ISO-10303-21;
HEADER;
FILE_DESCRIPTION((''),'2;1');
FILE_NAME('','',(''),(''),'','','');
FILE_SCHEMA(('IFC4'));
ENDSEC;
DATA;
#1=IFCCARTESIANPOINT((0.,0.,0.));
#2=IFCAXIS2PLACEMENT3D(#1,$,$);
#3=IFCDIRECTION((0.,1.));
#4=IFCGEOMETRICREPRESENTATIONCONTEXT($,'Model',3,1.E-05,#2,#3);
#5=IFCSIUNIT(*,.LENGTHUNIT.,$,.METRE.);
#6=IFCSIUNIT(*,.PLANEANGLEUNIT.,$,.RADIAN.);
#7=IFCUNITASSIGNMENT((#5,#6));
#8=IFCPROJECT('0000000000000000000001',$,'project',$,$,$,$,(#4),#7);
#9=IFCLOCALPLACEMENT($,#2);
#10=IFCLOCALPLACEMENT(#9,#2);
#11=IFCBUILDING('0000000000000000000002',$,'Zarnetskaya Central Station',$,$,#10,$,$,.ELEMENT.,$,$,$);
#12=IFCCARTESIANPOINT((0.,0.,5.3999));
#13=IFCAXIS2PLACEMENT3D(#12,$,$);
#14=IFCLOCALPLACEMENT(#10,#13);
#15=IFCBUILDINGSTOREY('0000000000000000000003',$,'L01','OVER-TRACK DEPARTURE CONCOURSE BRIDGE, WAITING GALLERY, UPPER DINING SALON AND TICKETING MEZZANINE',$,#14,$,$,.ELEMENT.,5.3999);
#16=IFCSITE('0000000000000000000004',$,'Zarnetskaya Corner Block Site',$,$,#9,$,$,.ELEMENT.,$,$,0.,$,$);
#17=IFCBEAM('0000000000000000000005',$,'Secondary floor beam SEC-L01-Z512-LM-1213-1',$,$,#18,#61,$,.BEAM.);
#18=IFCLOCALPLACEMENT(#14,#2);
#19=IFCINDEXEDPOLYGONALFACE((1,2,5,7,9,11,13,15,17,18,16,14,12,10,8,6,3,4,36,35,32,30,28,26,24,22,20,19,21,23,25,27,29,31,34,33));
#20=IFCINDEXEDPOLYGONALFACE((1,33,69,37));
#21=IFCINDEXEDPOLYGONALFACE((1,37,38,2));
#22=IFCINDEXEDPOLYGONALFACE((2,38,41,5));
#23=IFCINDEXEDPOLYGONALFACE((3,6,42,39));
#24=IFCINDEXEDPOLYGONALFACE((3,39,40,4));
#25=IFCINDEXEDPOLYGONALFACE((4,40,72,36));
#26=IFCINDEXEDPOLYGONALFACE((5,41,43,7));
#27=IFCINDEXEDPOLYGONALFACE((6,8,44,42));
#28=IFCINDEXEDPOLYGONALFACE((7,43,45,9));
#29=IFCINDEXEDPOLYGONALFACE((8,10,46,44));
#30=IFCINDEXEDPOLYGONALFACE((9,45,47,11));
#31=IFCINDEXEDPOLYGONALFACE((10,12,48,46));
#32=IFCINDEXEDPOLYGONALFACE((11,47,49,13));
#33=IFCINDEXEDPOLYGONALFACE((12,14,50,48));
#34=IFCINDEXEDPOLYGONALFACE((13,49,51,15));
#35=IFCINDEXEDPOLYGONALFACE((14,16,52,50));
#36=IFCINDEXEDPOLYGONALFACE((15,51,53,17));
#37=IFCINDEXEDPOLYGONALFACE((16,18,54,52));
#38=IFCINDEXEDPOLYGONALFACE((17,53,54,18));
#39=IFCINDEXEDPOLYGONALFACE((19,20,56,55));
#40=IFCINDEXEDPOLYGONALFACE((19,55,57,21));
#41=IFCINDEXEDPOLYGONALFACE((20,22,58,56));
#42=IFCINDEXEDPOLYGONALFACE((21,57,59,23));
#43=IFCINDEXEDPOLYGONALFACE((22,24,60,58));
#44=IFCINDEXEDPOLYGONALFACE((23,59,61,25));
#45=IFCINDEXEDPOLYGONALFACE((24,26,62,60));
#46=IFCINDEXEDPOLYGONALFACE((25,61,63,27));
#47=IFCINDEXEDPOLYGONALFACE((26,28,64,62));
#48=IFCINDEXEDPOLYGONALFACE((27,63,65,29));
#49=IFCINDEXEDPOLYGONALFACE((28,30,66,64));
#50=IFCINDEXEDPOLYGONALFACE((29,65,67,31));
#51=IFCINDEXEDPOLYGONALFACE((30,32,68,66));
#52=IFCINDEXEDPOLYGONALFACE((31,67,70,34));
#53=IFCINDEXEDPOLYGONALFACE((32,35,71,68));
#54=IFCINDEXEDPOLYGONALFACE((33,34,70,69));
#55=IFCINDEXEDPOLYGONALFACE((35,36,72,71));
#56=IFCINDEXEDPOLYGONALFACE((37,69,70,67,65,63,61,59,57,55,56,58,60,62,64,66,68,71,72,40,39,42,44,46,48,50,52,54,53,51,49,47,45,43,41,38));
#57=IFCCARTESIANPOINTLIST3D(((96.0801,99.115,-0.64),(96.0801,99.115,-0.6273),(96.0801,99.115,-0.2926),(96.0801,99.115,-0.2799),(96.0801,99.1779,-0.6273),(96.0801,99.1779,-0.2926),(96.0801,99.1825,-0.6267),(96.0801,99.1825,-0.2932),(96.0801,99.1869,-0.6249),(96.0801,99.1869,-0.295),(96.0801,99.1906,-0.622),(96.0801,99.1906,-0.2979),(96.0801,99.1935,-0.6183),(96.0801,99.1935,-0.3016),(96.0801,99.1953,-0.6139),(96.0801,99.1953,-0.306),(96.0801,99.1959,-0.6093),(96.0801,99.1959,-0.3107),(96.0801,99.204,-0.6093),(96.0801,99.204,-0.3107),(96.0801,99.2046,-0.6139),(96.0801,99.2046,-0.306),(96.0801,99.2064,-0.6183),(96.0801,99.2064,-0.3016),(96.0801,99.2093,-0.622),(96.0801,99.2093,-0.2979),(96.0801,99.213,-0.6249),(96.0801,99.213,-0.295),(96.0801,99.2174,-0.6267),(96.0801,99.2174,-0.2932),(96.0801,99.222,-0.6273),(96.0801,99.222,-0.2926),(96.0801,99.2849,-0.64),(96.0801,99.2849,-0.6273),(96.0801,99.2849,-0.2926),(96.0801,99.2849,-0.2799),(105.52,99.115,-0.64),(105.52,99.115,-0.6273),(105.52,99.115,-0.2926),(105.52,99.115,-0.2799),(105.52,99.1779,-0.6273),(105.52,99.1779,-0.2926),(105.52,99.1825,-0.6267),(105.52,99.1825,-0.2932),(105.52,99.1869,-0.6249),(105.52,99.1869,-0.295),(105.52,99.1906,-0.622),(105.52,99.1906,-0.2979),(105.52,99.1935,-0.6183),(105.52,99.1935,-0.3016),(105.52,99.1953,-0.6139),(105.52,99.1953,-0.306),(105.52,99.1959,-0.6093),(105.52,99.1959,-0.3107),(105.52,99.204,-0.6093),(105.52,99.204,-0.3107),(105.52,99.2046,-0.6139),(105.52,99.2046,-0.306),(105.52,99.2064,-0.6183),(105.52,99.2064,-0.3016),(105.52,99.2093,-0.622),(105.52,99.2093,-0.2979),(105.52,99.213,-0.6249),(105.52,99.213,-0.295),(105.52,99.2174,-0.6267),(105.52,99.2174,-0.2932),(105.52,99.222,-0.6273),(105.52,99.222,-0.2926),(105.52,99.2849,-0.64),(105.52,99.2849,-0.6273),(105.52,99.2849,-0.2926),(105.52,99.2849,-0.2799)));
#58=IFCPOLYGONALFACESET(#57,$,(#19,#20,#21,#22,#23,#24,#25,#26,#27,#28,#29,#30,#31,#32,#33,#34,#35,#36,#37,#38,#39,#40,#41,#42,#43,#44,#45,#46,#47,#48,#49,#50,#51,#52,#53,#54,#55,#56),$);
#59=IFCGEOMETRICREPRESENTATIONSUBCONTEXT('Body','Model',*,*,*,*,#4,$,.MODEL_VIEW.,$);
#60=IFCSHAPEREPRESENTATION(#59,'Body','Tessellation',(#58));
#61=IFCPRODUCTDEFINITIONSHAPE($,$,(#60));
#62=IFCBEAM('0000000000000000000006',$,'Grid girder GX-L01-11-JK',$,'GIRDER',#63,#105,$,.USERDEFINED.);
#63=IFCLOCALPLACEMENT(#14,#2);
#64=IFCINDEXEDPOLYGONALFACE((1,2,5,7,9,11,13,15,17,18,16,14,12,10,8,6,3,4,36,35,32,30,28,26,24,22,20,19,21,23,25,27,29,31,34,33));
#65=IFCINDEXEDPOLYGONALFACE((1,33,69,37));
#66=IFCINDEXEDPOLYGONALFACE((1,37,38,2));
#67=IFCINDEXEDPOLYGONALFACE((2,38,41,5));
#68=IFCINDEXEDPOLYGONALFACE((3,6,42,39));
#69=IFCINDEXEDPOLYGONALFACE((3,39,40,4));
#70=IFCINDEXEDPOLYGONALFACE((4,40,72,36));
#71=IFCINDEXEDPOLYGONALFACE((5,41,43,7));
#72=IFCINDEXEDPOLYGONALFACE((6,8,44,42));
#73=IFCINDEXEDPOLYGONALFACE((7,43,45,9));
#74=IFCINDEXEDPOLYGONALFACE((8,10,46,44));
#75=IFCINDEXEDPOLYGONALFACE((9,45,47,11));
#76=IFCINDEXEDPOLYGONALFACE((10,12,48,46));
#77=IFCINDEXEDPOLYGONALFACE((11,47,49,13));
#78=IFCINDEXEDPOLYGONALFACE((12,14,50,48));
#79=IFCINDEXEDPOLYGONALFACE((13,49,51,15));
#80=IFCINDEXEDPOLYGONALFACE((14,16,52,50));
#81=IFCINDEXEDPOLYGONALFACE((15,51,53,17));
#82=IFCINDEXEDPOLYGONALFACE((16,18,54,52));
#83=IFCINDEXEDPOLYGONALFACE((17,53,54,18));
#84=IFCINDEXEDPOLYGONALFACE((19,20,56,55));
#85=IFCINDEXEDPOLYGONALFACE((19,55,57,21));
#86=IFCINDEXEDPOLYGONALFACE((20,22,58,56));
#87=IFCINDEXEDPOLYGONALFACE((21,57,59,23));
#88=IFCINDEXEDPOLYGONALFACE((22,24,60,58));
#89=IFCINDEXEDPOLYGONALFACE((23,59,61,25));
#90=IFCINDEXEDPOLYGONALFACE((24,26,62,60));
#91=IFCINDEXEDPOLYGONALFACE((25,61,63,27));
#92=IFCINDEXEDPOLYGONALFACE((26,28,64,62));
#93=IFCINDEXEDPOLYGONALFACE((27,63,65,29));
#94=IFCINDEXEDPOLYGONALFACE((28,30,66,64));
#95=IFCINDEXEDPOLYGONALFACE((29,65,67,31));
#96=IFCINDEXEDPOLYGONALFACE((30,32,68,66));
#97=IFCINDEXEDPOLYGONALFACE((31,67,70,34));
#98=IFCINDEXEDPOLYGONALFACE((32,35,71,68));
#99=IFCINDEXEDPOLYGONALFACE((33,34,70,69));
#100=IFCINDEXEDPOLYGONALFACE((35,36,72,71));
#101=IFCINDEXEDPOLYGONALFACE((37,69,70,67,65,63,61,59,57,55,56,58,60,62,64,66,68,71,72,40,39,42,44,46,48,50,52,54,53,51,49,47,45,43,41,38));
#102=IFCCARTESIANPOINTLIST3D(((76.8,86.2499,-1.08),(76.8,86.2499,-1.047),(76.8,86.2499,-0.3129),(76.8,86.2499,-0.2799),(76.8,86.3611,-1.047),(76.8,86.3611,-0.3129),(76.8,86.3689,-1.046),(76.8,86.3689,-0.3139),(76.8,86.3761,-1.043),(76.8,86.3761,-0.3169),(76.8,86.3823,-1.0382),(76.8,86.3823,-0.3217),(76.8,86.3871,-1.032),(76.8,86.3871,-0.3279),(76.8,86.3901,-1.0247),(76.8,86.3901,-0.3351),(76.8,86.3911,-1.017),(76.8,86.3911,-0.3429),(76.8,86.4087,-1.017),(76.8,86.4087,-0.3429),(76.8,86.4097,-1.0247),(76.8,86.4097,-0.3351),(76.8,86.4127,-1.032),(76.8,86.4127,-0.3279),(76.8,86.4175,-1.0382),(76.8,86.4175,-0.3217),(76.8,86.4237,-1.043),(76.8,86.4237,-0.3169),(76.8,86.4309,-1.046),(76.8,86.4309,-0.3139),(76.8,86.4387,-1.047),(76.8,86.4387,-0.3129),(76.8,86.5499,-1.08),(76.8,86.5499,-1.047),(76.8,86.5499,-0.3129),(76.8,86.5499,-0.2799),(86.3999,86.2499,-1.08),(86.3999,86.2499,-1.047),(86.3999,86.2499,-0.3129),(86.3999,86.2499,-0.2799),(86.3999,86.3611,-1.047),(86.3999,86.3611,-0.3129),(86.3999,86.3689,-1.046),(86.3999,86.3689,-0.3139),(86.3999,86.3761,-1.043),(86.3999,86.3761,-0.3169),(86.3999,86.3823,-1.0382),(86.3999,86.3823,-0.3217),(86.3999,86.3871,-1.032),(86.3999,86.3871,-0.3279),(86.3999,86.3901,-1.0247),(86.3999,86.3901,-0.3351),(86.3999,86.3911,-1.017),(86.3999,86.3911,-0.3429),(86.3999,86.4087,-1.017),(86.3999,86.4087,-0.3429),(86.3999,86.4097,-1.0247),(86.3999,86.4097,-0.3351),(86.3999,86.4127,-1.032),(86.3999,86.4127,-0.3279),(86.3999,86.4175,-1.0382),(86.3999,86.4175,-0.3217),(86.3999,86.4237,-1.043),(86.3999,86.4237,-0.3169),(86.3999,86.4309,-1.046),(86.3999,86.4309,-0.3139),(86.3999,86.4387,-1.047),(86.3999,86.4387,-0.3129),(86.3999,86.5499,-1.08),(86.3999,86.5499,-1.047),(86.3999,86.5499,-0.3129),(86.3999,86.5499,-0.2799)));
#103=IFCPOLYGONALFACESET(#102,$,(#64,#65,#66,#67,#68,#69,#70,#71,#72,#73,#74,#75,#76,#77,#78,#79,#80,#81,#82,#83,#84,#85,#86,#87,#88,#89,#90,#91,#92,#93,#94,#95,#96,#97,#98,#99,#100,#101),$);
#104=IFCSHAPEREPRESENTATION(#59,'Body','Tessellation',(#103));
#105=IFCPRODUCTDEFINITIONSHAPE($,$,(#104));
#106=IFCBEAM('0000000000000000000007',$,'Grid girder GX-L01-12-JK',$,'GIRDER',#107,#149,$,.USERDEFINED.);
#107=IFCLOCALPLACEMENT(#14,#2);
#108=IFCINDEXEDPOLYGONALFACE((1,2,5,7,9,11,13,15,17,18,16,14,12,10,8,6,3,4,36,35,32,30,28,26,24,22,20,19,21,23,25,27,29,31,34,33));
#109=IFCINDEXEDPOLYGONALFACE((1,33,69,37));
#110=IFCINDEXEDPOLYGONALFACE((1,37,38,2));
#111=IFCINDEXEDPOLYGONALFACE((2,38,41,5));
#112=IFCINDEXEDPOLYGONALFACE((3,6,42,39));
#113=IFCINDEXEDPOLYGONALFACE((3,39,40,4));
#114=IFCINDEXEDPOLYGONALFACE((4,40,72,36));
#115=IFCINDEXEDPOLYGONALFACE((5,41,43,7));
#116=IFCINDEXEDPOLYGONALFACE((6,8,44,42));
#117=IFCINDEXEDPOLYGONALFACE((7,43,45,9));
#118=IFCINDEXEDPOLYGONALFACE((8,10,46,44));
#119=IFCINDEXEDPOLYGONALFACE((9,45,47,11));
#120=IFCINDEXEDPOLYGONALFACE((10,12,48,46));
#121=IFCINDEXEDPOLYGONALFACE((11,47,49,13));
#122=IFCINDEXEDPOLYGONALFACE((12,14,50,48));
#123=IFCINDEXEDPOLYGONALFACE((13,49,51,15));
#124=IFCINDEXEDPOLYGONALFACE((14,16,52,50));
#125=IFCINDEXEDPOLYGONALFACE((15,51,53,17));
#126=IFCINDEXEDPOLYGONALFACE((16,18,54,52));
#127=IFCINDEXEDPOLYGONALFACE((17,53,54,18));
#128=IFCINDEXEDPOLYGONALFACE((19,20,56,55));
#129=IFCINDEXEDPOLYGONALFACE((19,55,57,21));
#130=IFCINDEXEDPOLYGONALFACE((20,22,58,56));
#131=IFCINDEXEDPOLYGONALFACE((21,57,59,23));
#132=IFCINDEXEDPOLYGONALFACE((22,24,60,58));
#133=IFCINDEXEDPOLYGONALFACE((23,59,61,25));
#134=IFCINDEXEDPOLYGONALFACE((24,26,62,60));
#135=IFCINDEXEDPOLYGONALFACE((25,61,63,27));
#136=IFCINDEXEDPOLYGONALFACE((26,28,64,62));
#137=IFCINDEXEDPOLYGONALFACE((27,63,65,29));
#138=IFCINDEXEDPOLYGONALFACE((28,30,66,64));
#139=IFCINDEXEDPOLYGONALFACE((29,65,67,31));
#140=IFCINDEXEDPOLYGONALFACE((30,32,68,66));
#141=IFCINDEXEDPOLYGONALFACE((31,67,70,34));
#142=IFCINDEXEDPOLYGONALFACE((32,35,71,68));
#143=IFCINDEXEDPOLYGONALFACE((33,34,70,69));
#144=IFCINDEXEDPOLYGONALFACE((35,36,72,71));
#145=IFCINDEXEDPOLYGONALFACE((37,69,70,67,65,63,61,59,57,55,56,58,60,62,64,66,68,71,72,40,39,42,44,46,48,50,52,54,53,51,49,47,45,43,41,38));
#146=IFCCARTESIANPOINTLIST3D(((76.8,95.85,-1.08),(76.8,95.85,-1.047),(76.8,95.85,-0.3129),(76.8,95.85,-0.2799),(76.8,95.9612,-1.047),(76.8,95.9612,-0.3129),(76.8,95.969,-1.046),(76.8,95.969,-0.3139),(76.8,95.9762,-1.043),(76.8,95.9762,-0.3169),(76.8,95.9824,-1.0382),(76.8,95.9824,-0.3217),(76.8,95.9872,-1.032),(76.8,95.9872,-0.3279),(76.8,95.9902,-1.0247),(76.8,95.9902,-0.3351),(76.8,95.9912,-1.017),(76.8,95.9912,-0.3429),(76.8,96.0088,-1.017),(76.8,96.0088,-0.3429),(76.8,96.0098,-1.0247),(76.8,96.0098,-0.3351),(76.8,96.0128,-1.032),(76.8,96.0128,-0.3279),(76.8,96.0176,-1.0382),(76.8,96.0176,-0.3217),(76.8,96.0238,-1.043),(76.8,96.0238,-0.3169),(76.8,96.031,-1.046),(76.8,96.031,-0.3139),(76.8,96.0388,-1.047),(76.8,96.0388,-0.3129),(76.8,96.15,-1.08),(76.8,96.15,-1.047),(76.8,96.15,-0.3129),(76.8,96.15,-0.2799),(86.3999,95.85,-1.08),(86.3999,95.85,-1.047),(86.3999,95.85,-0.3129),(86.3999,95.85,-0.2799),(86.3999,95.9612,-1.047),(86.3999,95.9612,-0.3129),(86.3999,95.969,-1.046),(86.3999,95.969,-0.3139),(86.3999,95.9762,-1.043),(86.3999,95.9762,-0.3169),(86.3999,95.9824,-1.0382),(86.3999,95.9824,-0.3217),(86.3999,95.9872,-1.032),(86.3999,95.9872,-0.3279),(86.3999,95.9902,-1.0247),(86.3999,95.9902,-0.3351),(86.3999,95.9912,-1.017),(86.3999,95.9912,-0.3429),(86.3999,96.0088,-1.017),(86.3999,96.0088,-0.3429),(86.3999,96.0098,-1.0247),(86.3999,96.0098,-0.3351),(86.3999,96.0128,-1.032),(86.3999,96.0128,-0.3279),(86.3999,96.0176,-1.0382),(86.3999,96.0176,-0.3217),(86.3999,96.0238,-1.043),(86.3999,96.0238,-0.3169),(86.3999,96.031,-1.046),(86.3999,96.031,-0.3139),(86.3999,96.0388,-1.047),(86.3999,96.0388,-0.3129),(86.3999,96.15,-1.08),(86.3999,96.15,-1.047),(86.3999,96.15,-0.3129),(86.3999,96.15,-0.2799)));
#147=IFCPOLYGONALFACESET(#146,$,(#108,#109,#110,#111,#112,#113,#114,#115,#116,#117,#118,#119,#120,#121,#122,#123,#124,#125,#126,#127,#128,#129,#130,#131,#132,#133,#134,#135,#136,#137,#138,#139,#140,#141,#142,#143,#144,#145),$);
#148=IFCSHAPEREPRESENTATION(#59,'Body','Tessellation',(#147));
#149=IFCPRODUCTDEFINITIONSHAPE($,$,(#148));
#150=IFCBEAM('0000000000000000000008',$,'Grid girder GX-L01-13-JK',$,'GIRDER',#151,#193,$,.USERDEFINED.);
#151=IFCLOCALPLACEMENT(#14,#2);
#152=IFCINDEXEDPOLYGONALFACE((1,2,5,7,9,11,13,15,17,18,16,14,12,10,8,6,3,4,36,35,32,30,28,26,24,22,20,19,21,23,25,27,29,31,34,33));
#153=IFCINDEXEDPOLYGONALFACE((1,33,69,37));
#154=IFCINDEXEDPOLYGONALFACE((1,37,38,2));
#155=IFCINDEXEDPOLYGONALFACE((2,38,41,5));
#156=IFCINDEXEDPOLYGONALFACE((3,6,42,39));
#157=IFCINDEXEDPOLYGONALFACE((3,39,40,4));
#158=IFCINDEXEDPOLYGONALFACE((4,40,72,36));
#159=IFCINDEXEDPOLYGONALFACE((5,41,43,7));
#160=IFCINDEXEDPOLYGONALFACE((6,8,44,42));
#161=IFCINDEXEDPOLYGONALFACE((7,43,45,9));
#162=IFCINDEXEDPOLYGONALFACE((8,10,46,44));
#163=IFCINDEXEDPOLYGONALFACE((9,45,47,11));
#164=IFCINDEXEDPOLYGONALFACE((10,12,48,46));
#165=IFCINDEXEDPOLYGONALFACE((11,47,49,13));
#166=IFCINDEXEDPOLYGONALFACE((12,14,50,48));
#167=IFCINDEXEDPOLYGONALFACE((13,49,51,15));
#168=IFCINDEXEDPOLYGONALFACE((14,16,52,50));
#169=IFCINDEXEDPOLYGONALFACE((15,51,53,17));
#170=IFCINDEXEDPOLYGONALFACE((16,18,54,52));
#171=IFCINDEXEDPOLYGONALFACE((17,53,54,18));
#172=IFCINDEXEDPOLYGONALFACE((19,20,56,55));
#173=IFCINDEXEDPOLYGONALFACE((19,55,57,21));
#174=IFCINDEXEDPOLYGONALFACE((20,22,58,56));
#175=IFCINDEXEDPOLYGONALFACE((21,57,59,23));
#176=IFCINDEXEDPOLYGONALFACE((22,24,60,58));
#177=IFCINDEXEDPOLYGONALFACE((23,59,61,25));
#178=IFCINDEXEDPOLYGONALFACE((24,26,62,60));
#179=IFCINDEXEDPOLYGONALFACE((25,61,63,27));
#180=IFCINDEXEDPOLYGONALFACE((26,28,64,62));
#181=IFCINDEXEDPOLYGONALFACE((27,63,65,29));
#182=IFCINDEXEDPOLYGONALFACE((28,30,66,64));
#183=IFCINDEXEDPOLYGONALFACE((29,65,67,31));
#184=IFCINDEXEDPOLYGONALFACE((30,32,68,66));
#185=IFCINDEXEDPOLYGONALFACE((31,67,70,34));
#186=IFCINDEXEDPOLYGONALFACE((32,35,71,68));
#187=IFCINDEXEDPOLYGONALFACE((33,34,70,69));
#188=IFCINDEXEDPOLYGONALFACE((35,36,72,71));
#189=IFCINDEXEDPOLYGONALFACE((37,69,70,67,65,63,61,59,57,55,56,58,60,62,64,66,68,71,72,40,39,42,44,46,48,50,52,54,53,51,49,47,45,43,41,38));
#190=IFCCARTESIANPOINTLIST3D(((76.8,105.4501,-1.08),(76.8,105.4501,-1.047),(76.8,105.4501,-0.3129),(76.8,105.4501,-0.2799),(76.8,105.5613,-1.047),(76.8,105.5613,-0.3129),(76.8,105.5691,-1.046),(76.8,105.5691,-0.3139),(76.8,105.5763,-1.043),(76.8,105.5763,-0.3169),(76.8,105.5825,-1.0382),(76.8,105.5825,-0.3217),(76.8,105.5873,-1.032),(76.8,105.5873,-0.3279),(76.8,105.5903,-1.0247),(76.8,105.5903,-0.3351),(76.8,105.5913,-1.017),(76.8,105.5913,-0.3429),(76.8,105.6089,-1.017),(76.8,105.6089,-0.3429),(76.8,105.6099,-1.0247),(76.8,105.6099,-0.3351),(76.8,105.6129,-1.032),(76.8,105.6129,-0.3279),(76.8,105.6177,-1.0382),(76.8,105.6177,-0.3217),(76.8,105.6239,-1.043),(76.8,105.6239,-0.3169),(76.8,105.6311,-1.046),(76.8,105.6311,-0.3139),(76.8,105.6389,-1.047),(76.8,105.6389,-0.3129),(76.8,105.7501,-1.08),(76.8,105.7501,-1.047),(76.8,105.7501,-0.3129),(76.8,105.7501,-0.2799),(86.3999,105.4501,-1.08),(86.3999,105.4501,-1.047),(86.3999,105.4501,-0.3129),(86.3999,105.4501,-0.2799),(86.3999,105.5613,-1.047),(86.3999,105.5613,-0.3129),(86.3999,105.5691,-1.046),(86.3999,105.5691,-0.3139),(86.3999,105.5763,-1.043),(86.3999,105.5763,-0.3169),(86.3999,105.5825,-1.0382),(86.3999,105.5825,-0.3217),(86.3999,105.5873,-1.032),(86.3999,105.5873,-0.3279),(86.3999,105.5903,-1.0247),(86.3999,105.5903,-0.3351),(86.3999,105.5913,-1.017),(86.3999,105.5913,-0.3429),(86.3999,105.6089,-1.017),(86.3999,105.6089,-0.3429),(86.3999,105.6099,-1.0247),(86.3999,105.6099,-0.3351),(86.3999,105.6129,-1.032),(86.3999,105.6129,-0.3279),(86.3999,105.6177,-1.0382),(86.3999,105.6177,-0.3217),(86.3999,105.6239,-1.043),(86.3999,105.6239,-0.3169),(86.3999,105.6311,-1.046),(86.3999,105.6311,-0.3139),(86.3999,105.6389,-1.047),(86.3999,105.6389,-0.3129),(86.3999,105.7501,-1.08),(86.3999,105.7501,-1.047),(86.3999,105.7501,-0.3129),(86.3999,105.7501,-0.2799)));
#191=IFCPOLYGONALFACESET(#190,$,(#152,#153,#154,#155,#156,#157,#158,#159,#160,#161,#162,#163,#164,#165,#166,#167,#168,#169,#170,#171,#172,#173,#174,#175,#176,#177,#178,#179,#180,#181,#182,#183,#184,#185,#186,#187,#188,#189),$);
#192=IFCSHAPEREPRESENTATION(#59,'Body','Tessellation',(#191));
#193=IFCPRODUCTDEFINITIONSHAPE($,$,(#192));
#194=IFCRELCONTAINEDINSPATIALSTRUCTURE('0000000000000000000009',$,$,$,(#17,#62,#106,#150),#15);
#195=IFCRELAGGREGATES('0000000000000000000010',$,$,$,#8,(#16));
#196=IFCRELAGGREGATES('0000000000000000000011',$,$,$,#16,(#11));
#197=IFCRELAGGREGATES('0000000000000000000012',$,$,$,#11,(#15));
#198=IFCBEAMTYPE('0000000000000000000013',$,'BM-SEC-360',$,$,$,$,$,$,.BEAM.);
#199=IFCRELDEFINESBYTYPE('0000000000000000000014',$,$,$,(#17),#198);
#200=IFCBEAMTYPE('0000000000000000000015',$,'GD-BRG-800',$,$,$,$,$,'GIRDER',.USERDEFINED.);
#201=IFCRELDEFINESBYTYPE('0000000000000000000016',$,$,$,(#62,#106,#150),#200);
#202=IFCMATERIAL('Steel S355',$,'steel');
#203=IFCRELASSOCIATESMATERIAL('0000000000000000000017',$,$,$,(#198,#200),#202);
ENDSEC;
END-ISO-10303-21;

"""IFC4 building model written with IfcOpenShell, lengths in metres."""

from ifc_helpers import new_model, si_unit, direction, frame, origin, origin_2d, place, context, subcontext, project, spatial, i_section, extrude, material, material_profile, profile_set, type_object, element, save


model = new_model("IFC4")

# Units and contexts
model_context = context("Model", 3, precision=1e-05, world=origin(), true_north=direction((0.0, 1.0)))
body_context = subcontext(model_context, "Body", "Model", "MODEL_VIEW")
ifc_project = project(units=[si_unit("LENGTHUNIT", "METRE"), si_unit("PLANEANGLEUNIT", "RADIAN")], contexts=[model_context])

# Site, building, storey
site_placement = place(None, origin())
site = spatial("IfcSite", under=ifc_project, at=site_placement, Name="Zarnetskaya Corner Block Site", CompositionType="ELEMENT", RefElevation=0.0)
building_placement = place(site_placement, origin())
building = spatial("IfcBuilding", under=site, at=building_placement, Name="Zarnetskaya Central Station", CompositionType="ELEMENT")
storey_placement = place(building_placement, frame((0.0, 0.0, 5.3999)))
storey = spatial("IfcBuildingStorey", under=building, at=storey_placement, Name="L01", Description="OVER-TRACK DEPARTURE CONCOURSE BRIDGE, WAITING GALLERY, UPPER DINING SALON AND TICKETING MEZZANINE", CompositionType="ELEMENT", Elevation=5.3999)

# Shared definitions
ifc_material_1 = material(Name="Steel S355", Category="steel")

# Beams
ifc_material_profile_1 = material_profile(ifc_material_1, i_section(OverallWidth=0.1699, OverallDepth=0.3601, WebThickness=0.0081, FlangeThickness=0.0127, FilletRadius=0.0181, at=origin_2d()), Name="IPE 360")
ifc_profile_set_1 = profile_set([ifc_material_profile_1], Name="Steel S355")
beam_type_1 = type_object("IfcBeamType", Name="BM-SEC-360", PredefinedType="BEAM", material=ifc_profile_set_1)
for number, where, z_axis, x_axis, name in (
    (1, (96.0801, 99.2, -0.46), (1.0, 0.0, 0.0), (0.0, 1.0, 0.0), "Secondary floor beam SEC-L01-Z512-LM-1213-1"),
):
    element("IfcBeam", number, at=place(storey_placement, frame(where, z_axis=z_axis, x_axis=x_axis)), inside=storey, type_object=beam_type_1, Name=name, PredefinedType="BEAM", context=body_context, shape_type="SweptSolid", body=[
        extrude(i_section(OverallWidth=0.1699, OverallDepth=0.3601, WebThickness=0.0081, FlangeThickness=0.0127, FilletRadius=0.0181, at=origin_2d()), origin(), (0.0, 0.0, 1.0), 9.4399),
    ])
ifc_material_profile_2 = material_profile(ifc_material_1, i_section(OverallWidth=0.3, OverallDepth=0.8, WebThickness=0.0176, FlangeThickness=0.033, FilletRadius=0.03, at=origin_2d()), Name="HEB 800")
ifc_profile_set_2 = profile_set([ifc_material_profile_2], Name="Steel S355")
beam_type_2 = type_object("IfcBeamType", Name="GD-BRG-800", ElementType="GIRDER", PredefinedType="USERDEFINED", material=ifc_profile_set_2)
for number, where, z_axis, x_axis, name in (
    (2, (76.8, 86.3999, -0.6799), (1.0, 0.0, 0.0), (0.0, 1.0, 0.0), "Grid girder GX-L01-11-JK"),
    (3, (76.8, 96.0, -0.6799), (1.0, 0.0, 0.0), (0.0, 1.0, 0.0), "Grid girder GX-L01-12-JK"),
    (4, (76.8, 105.6001, -0.6799), (1.0, 0.0, 0.0), (0.0, 1.0, 0.0), "Grid girder GX-L01-13-JK"),
):
    element("IfcBeam", number, at=place(storey_placement, frame(where, z_axis=z_axis, x_axis=x_axis)), inside=storey, type_object=beam_type_2, Name=name, ObjectType="GIRDER", PredefinedType="USERDEFINED", context=body_context, shape_type="SweptSolid", body=[
        extrude(i_section(OverallWidth=0.3, OverallDepth=0.8, WebThickness=0.0176, FlangeThickness=0.033, FilletRadius=0.03, at=origin_2d()), origin(), (0.0, 0.0, 1.0), 9.5999),
    ])

save(model, "model.ifc")
